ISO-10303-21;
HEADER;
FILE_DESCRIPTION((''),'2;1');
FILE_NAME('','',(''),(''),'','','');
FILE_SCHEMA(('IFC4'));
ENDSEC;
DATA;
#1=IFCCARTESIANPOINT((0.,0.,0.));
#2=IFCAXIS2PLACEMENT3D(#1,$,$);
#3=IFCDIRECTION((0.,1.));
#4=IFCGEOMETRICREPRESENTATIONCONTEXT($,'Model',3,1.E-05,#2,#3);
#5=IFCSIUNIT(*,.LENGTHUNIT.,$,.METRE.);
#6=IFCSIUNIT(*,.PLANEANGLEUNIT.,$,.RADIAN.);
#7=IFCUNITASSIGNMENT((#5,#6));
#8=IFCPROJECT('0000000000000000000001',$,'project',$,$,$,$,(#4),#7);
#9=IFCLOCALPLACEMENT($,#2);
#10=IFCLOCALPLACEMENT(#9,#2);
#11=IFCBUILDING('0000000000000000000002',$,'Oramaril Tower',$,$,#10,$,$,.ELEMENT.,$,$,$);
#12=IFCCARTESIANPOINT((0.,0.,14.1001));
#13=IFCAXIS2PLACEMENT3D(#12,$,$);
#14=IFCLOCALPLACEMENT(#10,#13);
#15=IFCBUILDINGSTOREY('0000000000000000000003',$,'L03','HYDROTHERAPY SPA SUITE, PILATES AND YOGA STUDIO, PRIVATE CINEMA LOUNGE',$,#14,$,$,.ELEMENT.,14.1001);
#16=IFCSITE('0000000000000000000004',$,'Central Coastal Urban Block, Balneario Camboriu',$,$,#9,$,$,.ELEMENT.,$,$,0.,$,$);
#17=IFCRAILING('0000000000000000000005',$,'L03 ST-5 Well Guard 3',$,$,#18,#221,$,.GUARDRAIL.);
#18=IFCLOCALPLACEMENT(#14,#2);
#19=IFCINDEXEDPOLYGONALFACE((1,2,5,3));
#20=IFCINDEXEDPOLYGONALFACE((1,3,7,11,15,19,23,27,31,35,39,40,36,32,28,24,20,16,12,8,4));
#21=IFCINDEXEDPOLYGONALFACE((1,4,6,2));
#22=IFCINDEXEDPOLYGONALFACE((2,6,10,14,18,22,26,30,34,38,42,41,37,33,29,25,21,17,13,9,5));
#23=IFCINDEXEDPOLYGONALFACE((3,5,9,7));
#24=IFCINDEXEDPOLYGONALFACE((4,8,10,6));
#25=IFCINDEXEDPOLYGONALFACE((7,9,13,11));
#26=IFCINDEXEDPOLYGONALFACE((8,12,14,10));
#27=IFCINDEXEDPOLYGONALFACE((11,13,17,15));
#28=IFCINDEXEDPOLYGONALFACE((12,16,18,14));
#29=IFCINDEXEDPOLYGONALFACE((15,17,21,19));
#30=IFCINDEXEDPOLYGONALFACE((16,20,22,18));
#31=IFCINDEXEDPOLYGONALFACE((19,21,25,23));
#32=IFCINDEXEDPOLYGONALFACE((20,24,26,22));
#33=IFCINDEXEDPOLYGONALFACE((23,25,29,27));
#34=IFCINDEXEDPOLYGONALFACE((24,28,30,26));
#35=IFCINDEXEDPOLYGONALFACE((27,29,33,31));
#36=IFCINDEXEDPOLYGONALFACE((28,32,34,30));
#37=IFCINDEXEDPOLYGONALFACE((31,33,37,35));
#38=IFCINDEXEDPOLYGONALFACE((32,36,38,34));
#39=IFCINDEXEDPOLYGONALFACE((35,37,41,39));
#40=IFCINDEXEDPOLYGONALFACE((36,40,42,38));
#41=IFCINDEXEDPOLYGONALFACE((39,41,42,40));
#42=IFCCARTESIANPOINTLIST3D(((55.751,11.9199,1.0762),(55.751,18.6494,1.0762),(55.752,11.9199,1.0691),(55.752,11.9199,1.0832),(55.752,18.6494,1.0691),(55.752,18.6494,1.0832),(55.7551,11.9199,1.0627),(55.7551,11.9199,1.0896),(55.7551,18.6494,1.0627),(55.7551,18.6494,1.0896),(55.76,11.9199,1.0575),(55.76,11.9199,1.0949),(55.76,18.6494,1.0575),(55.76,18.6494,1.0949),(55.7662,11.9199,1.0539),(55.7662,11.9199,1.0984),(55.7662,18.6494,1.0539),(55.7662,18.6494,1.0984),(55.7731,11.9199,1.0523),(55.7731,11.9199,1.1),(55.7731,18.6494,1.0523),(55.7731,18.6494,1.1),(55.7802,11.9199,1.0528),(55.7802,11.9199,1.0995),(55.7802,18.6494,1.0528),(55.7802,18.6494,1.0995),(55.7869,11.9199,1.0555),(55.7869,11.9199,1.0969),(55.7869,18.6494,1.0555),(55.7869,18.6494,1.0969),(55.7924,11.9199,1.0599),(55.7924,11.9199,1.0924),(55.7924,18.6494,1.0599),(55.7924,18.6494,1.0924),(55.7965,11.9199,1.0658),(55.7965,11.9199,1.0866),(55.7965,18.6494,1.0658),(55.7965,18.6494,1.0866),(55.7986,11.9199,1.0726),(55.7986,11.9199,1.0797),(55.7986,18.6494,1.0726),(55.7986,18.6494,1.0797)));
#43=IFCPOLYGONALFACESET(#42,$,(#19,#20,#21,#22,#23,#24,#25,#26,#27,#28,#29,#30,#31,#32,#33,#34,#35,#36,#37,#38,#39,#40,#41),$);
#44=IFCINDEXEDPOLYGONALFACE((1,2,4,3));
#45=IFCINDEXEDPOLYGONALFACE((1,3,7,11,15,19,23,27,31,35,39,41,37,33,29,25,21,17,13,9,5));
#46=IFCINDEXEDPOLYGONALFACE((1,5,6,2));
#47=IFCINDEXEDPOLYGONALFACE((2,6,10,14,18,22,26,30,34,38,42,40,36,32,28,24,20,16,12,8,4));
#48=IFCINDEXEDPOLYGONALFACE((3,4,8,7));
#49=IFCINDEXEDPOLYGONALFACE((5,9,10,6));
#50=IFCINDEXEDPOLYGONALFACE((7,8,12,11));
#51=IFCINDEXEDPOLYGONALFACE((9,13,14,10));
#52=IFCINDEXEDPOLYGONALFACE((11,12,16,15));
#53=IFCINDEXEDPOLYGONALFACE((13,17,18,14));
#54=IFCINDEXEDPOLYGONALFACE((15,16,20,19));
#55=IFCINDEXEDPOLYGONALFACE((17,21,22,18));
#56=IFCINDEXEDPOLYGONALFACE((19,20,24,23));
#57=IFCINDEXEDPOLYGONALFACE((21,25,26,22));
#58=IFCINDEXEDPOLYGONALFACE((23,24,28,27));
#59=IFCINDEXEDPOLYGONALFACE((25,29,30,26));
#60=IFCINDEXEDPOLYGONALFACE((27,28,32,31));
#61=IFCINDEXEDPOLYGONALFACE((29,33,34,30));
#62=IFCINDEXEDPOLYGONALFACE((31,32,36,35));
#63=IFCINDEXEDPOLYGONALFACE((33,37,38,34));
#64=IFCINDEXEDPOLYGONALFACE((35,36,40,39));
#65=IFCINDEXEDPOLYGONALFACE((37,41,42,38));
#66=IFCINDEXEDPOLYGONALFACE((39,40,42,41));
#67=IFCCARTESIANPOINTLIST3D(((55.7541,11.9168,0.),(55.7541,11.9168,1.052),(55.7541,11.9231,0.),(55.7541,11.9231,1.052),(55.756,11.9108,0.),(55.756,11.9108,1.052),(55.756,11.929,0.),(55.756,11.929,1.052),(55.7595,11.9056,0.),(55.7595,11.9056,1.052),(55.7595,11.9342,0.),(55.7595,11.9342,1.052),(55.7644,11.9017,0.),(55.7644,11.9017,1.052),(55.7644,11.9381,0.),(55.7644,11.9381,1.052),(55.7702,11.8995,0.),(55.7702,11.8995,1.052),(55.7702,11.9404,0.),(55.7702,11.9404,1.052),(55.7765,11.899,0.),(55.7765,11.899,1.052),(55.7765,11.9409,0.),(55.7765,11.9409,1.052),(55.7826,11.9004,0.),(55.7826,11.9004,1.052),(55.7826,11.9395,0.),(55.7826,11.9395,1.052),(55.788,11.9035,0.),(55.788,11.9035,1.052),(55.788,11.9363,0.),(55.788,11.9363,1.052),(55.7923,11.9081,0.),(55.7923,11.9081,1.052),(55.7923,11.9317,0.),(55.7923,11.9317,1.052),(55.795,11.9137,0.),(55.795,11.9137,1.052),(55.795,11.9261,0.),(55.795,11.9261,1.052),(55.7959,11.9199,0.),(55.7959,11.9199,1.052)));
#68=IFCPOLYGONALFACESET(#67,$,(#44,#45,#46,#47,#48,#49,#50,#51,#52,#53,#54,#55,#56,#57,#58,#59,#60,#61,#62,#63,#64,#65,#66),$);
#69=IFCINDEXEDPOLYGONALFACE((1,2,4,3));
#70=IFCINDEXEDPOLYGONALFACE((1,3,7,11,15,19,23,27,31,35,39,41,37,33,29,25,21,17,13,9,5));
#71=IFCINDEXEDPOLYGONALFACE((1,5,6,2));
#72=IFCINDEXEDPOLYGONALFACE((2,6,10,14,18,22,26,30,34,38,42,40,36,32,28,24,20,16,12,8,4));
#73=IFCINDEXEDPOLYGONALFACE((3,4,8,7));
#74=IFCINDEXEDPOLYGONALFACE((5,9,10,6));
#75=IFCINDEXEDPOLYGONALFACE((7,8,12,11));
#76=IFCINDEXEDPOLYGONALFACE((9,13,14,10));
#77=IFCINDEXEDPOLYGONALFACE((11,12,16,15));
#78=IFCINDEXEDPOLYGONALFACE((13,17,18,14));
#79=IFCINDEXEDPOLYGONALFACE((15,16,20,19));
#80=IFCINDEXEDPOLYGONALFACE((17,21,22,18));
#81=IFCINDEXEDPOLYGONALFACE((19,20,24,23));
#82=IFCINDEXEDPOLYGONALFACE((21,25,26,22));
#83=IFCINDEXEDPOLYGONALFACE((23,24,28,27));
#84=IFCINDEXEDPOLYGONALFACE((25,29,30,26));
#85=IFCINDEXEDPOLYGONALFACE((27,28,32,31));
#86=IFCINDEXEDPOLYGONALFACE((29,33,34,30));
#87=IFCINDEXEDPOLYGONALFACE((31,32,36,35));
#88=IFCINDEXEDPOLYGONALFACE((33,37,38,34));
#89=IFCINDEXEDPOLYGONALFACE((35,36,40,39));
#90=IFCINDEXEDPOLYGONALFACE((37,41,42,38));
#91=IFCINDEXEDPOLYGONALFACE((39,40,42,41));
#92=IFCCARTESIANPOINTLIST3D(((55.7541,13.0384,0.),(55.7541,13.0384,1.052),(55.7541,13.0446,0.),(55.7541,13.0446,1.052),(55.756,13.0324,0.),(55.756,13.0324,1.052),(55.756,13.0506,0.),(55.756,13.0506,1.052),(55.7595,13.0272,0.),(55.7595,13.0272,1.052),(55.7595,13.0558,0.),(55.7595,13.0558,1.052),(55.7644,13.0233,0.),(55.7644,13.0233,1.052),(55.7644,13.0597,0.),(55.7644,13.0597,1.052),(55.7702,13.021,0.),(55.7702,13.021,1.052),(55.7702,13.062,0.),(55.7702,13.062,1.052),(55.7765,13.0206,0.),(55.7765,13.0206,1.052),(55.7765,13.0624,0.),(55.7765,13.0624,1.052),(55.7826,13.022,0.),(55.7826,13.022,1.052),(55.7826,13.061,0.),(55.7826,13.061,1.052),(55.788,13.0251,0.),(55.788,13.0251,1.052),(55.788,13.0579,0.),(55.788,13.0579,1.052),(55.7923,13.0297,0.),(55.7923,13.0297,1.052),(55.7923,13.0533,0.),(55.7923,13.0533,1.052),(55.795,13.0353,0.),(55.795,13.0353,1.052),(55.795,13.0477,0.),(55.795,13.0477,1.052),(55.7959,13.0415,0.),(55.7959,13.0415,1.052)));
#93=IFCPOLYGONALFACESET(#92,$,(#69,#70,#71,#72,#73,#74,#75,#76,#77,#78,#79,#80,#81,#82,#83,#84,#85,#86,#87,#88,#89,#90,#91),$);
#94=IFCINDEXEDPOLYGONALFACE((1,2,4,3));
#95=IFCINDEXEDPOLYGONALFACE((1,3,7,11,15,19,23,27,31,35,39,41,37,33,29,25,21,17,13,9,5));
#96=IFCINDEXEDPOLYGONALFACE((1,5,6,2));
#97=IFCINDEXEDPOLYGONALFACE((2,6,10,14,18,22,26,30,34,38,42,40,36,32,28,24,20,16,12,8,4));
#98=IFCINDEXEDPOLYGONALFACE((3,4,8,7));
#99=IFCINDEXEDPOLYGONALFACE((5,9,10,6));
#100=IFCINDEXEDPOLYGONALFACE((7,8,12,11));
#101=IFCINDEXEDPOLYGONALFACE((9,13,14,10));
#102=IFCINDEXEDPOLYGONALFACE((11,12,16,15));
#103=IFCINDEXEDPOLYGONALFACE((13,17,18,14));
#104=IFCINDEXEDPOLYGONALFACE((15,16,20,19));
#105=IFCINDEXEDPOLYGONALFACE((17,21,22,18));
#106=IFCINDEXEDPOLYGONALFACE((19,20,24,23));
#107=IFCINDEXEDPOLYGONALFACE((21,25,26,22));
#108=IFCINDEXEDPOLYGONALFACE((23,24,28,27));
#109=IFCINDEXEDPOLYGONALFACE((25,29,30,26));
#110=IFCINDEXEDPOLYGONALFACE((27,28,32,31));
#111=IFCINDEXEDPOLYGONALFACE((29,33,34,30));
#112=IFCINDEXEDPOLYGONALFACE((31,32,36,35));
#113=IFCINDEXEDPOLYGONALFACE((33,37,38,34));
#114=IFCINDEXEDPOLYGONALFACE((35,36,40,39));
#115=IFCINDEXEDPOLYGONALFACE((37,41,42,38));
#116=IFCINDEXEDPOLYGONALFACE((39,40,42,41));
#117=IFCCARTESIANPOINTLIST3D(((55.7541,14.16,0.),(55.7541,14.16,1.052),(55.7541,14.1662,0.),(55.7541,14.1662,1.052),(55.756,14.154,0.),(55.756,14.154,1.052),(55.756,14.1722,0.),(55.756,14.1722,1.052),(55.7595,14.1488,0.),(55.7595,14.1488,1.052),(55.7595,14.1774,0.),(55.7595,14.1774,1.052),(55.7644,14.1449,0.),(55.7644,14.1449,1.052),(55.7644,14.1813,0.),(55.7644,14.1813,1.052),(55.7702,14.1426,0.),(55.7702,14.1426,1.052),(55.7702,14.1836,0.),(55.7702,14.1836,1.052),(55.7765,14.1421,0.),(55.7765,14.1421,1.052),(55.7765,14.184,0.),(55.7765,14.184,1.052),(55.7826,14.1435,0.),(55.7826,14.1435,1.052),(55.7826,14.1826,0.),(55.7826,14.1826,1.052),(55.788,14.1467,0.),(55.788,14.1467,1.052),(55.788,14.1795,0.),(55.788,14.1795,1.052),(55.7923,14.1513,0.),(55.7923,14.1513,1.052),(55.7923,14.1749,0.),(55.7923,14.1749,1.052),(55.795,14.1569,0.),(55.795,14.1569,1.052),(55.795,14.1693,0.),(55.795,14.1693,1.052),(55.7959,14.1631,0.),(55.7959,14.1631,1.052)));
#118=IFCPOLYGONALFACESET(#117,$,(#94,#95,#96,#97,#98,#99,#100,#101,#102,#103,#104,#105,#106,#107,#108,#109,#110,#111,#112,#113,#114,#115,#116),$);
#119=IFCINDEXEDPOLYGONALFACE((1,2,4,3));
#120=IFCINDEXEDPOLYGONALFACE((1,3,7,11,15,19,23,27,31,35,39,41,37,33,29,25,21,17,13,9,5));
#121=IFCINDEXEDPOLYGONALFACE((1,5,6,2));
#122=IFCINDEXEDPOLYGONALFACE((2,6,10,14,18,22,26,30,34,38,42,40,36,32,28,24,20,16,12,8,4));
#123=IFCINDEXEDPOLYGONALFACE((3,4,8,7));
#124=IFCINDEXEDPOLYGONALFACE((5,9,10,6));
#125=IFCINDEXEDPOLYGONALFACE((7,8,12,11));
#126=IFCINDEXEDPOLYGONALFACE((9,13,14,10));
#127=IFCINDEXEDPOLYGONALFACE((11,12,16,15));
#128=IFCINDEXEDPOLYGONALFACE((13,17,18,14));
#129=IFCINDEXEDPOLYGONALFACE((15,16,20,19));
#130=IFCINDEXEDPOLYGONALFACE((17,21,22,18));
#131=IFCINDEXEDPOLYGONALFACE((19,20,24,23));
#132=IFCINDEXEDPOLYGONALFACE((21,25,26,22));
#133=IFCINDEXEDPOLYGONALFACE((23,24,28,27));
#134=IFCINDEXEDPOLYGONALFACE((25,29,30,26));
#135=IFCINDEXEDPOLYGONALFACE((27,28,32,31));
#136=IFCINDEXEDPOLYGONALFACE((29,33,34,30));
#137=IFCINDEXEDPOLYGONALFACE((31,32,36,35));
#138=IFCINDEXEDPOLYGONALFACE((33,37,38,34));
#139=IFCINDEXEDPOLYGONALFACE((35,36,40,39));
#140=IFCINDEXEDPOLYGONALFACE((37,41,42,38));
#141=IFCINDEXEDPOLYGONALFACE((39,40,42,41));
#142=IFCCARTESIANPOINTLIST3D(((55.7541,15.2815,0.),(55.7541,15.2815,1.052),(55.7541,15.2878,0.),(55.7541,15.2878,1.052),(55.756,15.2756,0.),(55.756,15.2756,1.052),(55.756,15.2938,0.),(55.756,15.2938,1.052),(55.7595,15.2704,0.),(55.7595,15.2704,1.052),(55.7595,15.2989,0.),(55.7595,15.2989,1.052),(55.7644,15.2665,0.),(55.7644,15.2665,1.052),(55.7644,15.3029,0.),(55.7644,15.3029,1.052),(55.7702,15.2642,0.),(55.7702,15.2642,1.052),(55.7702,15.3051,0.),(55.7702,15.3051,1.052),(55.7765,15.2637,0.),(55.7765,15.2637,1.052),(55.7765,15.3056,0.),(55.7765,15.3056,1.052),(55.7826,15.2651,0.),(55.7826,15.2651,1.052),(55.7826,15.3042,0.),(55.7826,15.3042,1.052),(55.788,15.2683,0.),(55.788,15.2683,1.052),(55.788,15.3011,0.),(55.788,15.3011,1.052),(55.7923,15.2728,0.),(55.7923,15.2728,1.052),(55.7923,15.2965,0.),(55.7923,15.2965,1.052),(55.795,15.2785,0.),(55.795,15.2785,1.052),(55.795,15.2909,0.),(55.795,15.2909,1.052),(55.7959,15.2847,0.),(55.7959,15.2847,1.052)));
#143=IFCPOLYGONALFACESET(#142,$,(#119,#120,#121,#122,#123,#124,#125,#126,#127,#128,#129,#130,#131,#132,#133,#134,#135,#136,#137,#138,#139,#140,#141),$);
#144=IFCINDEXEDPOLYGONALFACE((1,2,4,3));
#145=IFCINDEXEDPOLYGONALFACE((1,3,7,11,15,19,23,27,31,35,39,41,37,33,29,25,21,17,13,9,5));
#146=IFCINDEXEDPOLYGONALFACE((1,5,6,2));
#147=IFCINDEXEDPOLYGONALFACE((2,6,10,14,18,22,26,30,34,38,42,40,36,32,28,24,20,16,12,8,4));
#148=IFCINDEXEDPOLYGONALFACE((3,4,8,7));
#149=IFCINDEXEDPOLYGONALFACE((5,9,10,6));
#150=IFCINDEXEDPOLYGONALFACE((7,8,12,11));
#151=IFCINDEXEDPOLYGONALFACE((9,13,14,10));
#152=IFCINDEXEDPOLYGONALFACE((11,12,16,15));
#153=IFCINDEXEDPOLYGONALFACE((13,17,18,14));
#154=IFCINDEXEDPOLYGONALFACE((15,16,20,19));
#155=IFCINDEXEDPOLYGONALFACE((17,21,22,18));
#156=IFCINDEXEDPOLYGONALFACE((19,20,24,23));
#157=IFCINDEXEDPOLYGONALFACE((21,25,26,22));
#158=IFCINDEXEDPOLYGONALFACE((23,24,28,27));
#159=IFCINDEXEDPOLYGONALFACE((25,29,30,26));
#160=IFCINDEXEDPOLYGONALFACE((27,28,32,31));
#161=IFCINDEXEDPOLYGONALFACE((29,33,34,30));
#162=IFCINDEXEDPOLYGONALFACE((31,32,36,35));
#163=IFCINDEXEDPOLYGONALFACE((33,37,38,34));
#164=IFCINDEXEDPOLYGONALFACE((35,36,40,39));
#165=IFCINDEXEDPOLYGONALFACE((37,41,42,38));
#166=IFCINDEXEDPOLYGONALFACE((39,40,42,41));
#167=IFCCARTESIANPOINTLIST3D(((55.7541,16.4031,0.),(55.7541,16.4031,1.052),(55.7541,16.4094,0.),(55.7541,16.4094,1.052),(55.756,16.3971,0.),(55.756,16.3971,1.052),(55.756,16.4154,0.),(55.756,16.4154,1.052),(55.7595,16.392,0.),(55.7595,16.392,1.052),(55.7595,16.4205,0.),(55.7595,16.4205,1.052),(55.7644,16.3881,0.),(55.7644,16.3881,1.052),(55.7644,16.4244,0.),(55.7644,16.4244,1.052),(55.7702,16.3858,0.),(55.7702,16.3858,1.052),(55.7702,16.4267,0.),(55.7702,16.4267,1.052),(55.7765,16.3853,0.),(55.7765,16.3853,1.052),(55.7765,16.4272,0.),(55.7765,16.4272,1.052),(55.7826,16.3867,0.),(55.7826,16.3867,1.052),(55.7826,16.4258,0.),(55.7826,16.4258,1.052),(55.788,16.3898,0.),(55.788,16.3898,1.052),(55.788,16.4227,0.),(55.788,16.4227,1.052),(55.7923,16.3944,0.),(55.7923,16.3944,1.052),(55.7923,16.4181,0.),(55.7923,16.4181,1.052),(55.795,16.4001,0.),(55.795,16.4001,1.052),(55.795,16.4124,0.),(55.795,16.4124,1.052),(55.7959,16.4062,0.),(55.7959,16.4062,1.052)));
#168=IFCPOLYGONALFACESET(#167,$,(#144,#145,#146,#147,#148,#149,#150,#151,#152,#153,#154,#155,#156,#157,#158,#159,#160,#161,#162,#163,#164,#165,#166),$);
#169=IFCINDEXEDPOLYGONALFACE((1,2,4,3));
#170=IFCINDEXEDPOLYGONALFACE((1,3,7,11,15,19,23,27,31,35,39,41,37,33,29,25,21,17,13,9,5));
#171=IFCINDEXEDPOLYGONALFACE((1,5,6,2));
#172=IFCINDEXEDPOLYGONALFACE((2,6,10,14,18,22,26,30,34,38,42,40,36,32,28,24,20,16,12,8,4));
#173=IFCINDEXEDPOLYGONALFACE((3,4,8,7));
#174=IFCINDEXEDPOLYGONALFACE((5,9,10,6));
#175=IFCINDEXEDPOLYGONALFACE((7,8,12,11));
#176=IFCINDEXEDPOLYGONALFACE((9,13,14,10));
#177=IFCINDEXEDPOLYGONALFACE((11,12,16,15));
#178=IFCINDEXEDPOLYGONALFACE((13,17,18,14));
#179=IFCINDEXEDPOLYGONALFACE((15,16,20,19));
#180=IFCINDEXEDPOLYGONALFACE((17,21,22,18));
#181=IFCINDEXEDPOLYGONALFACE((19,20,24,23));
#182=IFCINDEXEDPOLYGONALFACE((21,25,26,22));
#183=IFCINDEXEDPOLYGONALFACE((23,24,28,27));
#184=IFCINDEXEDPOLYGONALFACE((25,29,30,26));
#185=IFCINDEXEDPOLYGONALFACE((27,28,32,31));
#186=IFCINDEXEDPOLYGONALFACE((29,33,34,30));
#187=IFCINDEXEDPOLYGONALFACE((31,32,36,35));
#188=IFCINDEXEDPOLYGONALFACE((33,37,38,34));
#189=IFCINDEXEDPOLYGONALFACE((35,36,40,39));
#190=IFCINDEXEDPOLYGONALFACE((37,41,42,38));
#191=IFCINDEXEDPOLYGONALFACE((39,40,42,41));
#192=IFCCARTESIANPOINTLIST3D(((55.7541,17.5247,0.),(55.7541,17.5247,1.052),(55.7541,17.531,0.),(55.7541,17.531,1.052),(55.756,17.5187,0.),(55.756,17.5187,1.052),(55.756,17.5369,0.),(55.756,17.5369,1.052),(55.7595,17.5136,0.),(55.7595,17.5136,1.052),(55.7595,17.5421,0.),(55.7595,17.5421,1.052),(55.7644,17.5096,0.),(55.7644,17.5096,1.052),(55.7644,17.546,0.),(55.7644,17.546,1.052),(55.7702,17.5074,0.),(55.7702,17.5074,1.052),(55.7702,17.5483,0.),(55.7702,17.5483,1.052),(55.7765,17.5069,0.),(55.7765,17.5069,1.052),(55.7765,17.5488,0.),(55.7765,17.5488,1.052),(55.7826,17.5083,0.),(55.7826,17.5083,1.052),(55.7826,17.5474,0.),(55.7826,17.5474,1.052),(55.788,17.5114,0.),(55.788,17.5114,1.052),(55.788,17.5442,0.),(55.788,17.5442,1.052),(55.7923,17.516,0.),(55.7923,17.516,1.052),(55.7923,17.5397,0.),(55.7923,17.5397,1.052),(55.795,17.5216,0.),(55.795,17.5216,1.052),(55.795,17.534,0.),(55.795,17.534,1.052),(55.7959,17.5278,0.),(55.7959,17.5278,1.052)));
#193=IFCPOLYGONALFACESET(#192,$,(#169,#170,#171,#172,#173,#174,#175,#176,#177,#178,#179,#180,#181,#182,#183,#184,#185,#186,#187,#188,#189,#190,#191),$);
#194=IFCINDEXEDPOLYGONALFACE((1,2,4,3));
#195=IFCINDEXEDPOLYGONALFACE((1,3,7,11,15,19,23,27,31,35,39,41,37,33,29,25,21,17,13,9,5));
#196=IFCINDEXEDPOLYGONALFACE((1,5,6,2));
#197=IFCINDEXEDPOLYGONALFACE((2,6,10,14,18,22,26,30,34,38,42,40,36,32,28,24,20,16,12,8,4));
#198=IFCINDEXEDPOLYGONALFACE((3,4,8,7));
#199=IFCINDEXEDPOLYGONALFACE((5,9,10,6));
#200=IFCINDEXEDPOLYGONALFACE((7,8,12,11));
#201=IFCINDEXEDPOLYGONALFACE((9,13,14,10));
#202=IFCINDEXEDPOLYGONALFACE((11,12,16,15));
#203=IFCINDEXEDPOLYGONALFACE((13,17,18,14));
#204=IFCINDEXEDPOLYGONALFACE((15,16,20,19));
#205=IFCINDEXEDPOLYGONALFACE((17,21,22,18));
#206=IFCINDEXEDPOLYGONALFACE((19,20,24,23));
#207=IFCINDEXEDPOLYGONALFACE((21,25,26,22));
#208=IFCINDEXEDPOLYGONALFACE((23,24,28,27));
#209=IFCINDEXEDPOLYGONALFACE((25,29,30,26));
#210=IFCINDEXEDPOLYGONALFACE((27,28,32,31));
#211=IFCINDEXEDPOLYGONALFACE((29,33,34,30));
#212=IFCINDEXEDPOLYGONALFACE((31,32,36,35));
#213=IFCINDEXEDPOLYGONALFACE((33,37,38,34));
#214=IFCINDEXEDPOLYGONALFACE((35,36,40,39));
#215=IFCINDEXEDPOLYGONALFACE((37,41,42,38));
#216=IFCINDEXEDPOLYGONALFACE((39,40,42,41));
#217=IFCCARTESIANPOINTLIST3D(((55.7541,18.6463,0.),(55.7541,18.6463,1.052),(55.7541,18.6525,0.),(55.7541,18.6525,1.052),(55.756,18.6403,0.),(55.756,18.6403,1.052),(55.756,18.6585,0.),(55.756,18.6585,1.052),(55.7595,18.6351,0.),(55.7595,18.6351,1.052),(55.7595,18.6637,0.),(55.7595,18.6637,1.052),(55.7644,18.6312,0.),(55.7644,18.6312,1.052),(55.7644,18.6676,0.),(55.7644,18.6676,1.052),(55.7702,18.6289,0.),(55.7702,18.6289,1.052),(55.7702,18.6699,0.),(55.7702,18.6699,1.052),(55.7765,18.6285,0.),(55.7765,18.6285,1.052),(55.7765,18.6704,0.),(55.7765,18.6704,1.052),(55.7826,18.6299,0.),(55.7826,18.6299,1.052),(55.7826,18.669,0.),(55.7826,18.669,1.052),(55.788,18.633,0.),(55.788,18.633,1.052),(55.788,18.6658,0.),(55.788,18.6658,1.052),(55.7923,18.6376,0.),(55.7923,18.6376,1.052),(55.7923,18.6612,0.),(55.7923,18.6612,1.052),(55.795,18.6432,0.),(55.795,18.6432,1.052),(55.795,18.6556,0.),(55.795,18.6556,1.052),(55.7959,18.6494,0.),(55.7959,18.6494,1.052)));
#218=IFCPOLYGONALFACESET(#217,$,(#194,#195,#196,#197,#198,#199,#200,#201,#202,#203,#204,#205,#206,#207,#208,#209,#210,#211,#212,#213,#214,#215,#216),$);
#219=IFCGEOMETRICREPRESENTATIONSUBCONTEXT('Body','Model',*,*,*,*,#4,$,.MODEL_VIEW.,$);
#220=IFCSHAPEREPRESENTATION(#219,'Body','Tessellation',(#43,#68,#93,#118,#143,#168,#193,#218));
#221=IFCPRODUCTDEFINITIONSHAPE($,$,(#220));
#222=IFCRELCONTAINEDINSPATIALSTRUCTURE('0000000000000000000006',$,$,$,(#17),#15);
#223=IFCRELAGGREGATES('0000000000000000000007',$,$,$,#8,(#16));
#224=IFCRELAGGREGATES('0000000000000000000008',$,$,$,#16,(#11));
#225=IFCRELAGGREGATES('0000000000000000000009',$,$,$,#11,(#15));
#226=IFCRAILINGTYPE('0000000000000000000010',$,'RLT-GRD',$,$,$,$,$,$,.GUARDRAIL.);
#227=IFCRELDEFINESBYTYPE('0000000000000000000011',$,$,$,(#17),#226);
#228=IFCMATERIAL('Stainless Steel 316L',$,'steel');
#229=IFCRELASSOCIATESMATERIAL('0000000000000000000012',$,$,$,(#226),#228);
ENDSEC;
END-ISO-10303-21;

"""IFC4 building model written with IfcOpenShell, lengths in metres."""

from ifc_helpers import new_model, si_unit, direction, frame, origin, origin_2d, place, context, subcontext, project, spatial, circle, extrude, material, type_object, element, save


model = new_model("IFC4")

# Units and contexts
model_context = context("Model", 3, precision=1e-05, world=origin(), true_north=direction((0.0, 1.0)))
body_context = subcontext(model_context, "Body", "Model", "MODEL_VIEW")
ifc_project = project(units=[si_unit("LENGTHUNIT", "METRE"), si_unit("PLANEANGLEUNIT", "RADIAN")], contexts=[model_context])

# Site, building, storey
site_placement = place(None, origin())
site = spatial("IfcSite", under=ifc_project, at=site_placement, Name="Central Coastal Urban Block, Balneario Camboriu", CompositionType="ELEMENT", RefElevation=0.0)
building_placement = place(site_placement, origin())
building = spatial("IfcBuilding", under=site, at=building_placement, Name="Oramaril Tower", CompositionType="ELEMENT")
storey_placement = place(building_placement, frame((0.0, 0.0, 14.1001)))
storey = spatial("IfcBuildingStorey", under=building, at=storey_placement, Name="L03", Description="HYDROTHERAPY SPA SUITE, PILATES AND YOGA STUDIO, PRIVATE CINEMA LOUNGE", CompositionType="ELEMENT", Elevation=14.1001)

# Railing
ifc_material_1 = material(Name="Stainless Steel 316L", Category="steel")
railing_type_1 = type_object("IfcRailingType", Name="RLT-GRD", PredefinedType="GUARDRAIL", material=ifc_material_1)
railing_1_placement = place(storey_placement, frame((55.7749, 11.9199, 0.0)))
element("IfcRailing", 1, at=railing_1_placement, inside=storey, type_object=railing_type_1, Name="L03 ST-5 Well Guard 3", PredefinedType="GUARDRAIL", context=body_context, shape_type="SweptSolid", body=[
    extrude(circle(Radius=0.0239, at=origin_2d()), frame((0.0, 0.0, 1.0762), z_axis=(0.0, 1.0, 0.0), x_axis=(-1.0, 0.0, 0.0)), (0.0, 0.0, 1.0), 6.7295),
    extrude(circle(Radius=0.021, at=origin_2d()), origin(), (0.0, 0.0, 1.0), 1.052),
    extrude(circle(Radius=0.021, at=origin_2d()), frame((0.0, 1.1216, 0.0)), (0.0, 0.0, 1.0), 1.052),
    extrude(circle(Radius=0.021, at=origin_2d()), frame((0.0, 2.2432, 0.0)), (0.0, 0.0, 1.0), 1.052),
    extrude(circle(Radius=0.021, at=origin_2d()), frame((0.0, 3.3647, 0.0)), (0.0, 0.0, 1.0), 1.052),
    extrude(circle(Radius=0.021, at=origin_2d()), frame((0.0, 4.4863, 0.0)), (0.0, 0.0, 1.0), 1.052),
    extrude(circle(Radius=0.021, at=origin_2d()), frame((0.0, 5.6079, 0.0)), (0.0, 0.0, 1.0), 1.052),
    extrude(circle(Radius=0.021, at=origin_2d()), frame((0.0, 6.7295, 0.0)), (0.0, 0.0, 1.0), 1.052),
])

save(model, "model.ifc")
